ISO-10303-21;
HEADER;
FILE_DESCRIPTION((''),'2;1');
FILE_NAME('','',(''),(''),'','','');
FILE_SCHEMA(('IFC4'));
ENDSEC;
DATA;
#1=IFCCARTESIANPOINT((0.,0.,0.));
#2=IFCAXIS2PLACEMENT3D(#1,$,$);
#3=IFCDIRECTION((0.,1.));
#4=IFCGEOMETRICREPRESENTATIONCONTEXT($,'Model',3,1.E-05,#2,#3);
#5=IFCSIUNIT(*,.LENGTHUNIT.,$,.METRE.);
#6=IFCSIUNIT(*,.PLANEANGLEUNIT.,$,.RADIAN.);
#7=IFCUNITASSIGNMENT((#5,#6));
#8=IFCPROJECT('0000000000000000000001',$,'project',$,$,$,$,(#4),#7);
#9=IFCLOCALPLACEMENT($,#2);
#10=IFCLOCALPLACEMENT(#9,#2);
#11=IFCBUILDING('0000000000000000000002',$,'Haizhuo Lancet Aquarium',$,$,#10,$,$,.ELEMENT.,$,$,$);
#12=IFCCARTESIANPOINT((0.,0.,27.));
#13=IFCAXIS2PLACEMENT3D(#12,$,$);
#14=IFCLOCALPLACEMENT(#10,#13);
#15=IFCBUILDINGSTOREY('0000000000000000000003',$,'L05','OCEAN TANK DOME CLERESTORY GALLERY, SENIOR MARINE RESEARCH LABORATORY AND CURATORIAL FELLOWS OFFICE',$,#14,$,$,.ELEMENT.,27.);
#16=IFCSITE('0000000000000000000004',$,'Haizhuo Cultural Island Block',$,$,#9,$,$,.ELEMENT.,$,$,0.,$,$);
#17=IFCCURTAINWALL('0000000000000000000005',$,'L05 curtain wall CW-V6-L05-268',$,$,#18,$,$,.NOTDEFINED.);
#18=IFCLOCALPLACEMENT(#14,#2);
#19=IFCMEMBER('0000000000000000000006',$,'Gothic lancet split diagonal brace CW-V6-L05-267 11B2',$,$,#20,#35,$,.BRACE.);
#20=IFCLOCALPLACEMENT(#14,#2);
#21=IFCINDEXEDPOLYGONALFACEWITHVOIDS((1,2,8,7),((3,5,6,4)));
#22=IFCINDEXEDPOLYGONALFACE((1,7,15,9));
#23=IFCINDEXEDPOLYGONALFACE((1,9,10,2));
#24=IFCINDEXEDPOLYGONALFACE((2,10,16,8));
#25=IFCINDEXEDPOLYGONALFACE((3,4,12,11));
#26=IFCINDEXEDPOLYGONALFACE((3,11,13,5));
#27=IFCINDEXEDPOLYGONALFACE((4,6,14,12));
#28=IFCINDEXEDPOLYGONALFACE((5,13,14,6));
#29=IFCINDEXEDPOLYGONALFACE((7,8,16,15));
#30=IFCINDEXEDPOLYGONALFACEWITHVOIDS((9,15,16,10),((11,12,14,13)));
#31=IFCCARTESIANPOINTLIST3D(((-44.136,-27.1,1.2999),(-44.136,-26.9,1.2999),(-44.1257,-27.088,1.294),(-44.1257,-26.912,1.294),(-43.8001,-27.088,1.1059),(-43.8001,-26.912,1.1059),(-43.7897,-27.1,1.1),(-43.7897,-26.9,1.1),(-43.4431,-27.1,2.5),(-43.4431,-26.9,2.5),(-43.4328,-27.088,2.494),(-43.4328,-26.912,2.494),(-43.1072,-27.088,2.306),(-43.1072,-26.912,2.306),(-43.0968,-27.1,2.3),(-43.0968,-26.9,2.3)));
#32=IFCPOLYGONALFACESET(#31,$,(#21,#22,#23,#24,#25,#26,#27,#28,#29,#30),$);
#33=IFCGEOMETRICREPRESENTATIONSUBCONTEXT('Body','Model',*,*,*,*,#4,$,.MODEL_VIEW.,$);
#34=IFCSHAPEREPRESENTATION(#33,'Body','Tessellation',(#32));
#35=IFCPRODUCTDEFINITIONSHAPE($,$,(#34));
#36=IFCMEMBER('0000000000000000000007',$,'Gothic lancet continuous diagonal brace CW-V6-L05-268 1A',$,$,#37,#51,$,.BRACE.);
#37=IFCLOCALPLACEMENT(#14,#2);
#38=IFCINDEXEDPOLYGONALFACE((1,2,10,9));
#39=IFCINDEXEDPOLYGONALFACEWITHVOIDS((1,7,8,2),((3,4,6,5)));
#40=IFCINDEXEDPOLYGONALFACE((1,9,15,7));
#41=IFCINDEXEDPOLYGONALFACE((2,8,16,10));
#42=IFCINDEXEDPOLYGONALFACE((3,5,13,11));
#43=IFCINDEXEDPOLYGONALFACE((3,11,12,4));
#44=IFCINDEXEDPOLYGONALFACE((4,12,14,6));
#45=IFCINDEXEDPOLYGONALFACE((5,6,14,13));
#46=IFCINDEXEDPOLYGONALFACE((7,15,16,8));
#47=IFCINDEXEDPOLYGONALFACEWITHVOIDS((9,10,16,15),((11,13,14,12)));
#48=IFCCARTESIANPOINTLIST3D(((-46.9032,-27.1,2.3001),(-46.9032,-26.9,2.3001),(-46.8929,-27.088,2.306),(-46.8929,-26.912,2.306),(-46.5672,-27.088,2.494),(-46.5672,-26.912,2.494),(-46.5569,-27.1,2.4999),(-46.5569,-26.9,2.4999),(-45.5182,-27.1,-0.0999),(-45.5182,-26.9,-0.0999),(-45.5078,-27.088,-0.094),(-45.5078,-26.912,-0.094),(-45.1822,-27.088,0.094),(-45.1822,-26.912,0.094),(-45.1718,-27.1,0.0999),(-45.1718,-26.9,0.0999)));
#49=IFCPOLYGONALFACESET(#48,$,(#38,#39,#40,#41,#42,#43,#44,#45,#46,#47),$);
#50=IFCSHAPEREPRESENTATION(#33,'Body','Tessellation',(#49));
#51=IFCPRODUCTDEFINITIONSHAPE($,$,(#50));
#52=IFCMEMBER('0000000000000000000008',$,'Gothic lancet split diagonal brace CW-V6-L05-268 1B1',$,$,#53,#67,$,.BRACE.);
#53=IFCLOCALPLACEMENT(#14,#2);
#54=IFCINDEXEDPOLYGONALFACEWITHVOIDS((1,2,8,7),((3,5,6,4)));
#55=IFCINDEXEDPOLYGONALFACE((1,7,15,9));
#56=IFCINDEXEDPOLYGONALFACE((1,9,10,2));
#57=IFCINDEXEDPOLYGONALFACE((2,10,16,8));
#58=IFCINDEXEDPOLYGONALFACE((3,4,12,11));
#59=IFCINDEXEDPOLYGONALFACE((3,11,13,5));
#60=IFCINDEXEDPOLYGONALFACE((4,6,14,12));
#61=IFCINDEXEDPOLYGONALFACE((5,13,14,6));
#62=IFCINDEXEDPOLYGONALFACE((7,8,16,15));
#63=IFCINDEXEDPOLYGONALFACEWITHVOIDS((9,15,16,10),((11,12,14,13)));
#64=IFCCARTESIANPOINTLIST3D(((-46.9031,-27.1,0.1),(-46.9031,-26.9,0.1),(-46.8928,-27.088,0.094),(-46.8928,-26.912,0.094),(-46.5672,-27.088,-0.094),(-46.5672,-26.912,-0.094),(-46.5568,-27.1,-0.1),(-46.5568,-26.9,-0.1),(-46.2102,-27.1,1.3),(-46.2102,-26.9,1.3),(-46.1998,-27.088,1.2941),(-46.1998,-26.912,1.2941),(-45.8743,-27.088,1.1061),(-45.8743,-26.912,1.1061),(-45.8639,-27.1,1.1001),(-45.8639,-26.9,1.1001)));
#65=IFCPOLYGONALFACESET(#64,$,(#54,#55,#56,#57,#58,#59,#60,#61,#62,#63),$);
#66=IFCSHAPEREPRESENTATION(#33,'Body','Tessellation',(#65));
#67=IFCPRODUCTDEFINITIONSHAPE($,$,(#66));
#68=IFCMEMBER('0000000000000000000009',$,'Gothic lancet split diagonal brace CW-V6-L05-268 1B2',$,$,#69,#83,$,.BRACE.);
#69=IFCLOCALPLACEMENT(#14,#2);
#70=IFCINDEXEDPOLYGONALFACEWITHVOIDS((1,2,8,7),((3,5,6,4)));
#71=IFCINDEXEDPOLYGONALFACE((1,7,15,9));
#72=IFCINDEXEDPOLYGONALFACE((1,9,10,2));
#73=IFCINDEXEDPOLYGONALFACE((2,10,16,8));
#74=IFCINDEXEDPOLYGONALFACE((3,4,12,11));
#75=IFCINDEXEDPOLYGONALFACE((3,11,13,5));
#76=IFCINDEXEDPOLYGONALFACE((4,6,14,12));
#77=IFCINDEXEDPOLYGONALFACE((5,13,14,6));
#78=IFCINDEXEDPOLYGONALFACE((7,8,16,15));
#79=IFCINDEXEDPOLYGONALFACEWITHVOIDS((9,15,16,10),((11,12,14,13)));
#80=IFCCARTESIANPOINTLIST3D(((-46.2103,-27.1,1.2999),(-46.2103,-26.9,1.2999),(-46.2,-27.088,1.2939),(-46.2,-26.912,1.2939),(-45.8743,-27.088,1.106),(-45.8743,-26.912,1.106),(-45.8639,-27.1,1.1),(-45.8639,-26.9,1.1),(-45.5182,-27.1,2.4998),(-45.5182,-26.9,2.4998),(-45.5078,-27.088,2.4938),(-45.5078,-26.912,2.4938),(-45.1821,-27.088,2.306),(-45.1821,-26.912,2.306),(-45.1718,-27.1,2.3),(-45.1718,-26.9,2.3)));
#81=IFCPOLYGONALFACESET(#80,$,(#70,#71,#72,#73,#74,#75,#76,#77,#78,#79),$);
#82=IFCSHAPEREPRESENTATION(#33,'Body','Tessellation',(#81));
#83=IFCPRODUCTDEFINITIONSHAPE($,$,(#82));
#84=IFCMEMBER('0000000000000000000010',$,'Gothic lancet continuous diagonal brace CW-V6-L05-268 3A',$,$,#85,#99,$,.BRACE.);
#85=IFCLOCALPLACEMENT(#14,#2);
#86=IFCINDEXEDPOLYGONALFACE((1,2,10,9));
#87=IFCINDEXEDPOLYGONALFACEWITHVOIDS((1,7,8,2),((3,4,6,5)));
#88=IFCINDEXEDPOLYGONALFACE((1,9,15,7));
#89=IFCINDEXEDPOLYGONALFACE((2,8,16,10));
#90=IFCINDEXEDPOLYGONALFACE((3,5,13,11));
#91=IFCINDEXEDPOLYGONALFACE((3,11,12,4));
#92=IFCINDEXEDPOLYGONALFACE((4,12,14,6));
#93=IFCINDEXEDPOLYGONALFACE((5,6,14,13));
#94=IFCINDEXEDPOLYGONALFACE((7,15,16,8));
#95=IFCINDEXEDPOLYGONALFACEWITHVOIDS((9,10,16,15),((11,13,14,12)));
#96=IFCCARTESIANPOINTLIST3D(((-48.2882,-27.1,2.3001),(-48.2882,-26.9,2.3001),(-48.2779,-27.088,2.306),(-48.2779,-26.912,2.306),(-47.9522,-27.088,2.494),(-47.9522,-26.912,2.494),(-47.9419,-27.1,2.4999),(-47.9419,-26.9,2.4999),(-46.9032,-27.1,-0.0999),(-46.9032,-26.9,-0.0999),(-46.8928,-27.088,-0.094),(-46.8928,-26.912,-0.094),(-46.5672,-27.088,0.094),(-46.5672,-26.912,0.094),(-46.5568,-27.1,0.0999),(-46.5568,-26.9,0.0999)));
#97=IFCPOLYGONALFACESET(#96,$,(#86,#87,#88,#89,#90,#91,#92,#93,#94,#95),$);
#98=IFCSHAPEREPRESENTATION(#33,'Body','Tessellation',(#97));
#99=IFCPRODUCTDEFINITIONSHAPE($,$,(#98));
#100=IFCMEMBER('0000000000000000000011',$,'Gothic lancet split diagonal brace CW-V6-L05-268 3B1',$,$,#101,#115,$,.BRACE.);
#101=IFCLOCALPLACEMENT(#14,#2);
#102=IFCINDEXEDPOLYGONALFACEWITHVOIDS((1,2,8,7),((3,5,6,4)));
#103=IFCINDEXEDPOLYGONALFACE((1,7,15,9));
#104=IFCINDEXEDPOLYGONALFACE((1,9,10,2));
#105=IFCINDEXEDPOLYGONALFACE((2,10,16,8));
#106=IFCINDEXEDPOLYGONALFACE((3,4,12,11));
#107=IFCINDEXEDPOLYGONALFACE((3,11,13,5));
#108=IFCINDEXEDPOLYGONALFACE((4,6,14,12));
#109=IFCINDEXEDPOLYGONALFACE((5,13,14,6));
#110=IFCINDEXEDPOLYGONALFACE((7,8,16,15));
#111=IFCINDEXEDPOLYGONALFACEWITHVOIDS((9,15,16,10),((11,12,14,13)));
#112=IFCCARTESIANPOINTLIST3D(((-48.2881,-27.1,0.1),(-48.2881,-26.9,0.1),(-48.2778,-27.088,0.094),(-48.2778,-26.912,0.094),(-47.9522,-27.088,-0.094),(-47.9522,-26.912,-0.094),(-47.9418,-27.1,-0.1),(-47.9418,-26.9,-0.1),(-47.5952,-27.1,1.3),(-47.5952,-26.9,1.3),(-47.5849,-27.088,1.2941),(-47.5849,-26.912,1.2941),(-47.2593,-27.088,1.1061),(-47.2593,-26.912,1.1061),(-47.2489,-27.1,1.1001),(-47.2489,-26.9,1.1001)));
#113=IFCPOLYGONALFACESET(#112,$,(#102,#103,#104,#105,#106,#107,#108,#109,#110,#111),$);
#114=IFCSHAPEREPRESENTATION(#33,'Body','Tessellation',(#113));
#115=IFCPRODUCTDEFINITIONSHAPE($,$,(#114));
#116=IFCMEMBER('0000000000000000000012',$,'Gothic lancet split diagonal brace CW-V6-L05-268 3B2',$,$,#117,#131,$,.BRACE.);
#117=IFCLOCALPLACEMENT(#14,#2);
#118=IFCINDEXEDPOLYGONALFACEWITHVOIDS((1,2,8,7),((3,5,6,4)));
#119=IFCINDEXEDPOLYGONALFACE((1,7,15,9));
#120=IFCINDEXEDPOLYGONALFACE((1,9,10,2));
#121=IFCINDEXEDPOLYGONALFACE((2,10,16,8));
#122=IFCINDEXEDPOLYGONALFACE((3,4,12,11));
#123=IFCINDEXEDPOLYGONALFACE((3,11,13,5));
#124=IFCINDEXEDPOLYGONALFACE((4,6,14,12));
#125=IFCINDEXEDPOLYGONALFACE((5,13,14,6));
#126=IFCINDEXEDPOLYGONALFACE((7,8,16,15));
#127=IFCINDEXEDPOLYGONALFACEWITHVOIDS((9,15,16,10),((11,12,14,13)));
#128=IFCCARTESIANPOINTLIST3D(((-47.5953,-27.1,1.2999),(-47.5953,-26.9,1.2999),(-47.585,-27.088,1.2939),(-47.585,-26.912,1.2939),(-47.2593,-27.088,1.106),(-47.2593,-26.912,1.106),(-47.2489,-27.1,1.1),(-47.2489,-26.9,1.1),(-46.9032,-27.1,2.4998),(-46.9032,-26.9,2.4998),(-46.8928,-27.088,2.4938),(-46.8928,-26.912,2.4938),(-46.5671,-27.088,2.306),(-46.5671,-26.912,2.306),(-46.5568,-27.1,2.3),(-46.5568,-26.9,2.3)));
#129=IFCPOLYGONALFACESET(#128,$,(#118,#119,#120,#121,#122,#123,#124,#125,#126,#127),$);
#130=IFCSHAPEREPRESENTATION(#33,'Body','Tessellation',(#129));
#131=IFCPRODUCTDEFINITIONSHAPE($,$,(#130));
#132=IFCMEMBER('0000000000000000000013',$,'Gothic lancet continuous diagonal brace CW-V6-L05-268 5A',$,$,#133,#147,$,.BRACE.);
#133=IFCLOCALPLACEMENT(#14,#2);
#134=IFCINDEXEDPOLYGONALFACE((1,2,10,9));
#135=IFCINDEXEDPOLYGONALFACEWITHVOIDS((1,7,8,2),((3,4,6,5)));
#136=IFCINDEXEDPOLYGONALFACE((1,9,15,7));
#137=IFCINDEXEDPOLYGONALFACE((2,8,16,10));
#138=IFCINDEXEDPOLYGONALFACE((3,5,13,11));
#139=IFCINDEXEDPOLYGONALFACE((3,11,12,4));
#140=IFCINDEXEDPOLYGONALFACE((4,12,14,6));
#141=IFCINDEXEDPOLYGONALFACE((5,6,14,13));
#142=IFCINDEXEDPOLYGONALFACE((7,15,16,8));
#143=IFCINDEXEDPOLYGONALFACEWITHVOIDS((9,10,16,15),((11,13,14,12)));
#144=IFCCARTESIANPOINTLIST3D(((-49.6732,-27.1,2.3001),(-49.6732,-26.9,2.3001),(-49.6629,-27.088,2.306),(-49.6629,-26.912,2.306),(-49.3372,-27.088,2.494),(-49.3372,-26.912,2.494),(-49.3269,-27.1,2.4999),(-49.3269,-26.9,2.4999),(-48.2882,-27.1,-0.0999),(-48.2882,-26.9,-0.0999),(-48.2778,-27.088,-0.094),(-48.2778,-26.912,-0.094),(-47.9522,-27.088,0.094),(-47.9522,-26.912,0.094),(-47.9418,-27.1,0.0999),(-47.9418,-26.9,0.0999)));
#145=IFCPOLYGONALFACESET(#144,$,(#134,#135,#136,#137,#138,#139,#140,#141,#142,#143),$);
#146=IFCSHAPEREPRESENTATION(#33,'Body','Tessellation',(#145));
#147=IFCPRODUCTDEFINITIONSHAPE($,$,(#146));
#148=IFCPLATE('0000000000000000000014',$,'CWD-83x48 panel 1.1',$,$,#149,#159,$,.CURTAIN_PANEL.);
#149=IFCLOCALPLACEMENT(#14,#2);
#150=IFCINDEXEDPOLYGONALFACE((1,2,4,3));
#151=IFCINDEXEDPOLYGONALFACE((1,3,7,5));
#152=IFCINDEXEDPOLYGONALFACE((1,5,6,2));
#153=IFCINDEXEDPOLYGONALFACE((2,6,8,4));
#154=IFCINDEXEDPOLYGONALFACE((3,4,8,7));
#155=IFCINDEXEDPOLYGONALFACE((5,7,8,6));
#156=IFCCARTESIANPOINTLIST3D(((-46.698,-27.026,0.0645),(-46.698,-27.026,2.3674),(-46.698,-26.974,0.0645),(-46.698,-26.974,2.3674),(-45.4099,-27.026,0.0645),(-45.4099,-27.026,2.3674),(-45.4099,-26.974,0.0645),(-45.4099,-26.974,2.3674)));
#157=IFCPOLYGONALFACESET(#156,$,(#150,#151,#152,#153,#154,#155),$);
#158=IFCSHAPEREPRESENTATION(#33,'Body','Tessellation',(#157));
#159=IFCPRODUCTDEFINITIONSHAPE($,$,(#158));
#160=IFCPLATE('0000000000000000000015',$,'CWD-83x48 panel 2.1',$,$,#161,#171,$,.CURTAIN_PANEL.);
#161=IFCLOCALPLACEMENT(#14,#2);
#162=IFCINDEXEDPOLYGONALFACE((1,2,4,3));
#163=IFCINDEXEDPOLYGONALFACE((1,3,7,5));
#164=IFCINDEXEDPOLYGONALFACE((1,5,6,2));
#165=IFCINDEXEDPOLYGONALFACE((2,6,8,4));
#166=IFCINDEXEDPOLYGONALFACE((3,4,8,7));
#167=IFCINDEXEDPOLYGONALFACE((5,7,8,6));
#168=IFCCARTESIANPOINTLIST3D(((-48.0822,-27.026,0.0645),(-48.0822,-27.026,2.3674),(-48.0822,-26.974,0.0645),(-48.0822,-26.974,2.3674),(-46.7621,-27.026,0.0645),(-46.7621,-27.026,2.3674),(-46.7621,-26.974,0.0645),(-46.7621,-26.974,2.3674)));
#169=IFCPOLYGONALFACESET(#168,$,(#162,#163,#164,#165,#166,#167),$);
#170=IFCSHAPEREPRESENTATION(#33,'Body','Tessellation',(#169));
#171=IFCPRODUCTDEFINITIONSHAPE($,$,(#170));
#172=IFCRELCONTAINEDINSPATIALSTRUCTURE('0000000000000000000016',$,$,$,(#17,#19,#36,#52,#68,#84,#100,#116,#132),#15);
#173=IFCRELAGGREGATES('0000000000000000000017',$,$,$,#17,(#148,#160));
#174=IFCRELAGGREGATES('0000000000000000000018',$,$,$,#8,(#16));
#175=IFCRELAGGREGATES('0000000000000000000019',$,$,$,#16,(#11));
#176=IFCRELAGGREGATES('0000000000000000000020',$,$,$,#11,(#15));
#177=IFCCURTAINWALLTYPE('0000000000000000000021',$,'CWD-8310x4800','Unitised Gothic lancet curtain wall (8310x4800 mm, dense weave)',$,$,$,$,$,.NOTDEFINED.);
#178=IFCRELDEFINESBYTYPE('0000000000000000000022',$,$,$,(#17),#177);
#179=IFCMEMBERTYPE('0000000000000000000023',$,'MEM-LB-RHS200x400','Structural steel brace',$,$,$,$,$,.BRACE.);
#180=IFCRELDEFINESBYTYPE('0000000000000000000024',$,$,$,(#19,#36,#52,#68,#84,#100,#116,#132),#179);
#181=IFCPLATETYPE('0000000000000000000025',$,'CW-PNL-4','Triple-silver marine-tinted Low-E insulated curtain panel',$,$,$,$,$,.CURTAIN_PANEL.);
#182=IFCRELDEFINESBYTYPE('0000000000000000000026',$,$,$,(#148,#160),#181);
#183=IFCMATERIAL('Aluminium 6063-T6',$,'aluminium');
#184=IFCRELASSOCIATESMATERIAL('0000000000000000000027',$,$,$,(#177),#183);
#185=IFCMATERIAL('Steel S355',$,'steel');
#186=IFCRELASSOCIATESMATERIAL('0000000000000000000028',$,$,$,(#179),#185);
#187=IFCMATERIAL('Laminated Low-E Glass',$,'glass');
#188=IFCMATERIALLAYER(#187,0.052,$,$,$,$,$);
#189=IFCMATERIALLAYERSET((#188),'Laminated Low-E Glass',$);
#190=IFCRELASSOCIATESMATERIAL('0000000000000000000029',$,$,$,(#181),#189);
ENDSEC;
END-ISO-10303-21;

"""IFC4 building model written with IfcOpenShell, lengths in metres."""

from ifc_helpers import new_model, si_unit, direction, frame, origin, origin_2d, place, context, subcontext, project, spatial, rectangle, hollow_rectangle, extrude, material, layer, layer_set, material_profile, profile_set, type_object, element, aggregate, save


model = new_model("IFC4")

# Units and contexts
model_context = context("Model", 3, precision=1e-05, world=origin(), true_north=direction((0.0, 1.0)))
body_context = subcontext(model_context, "Body", "Model", "MODEL_VIEW")
ifc_project = project(units=[si_unit("LENGTHUNIT", "METRE"), si_unit("PLANEANGLEUNIT", "RADIAN")], contexts=[model_context])

# Site, building, storey
site_placement = place(None, origin())
site = spatial("IfcSite", under=ifc_project, at=site_placement, Name="Haizhuo Cultural Island Block", CompositionType="ELEMENT", RefElevation=0.0)
building_placement = place(site_placement, origin())
building = spatial("IfcBuilding", under=site, at=building_placement, Name="Haizhuo Lancet Aquarium", CompositionType="ELEMENT")
storey_placement = place(building_placement, frame((0.0, 0.0, 27.0)))
storey = spatial("IfcBuildingStorey", under=building, at=storey_placement, Name="L05", Description="OCEAN TANK DOME CLERESTORY GALLERY, SENIOR MARINE RESEARCH LABORATORY AND CURATORIAL FELLOWS OFFICE", CompositionType="ELEMENT", Elevation=27.0)

# Curtain wall
ifc_material_1 = material(Name="Aluminium 6063-T6", Category="aluminium")
curtain_wall_type = type_object("IfcCurtainWallType", Name="CWD-8310x4800", Description="Unitised Gothic lancet curtain wall (8310x4800 mm, dense weave)", PredefinedType="NOTDEFINED", material=ifc_material_1)
curtain_wall_1_placement = place(storey_placement, origin())
curtain_wall_1 = element("IfcCurtainWall", 1, at=curtain_wall_1_placement, inside=storey, type_object=curtain_wall_type, Name="L05 curtain wall CW-V6-L05-268", PredefinedType="NOTDEFINED")

# Members
ifc_material_2 = material(Name="Steel S355", Category="steel")
ifc_material_profile_1 = material_profile(ifc_material_2, hollow_rectangle(XDim=0.2, YDim=0.3999, WallThickness=0.012, at=origin_2d()), Name="RHS 200x400x12")
ifc_profile_set_1 = profile_set([ifc_material_profile_1], Name="Steel S355")
member_type_1 = type_object("IfcMemberType", Name="MEM-LB-RHS200x400", Description="Structural steel brace", PredefinedType="BRACE", material=ifc_profile_set_1)
member_1_placement = place(storey_placement, frame((-43.9629, -27.0, 1.2), z_axis=(0.500043, 0.0, 0.866001), x_axis=(0.0, 1.0, 0.0)))
element("IfcMember", 2, at=member_1_placement, inside=storey, type_object=member_type_1, Name="Gothic lancet split diagonal brace CW-V6-L05-267 11B2", PredefinedType="BRACE", context=body_context, shape_type="SweptSolid", body=[
    extrude(hollow_rectangle(XDim=0.2, YDim=0.3999, WallThickness=0.012, at=origin_2d()), origin(), (0.0, 0.0, 1.0), 1.3857),
])
member_2_placement = place(storey_placement, frame((-45.345, -27.0, 0.0), z_axis=(-0.499844, 0.0, 0.866115), x_axis=(0.0, -1.0, 0.0)))
element("IfcMember", 3, at=member_2_placement, inside=storey, type_object=member_type_1, Name="Gothic lancet continuous diagonal brace CW-V6-L05-268 1A", PredefinedType="BRACE", context=body_context, shape_type="SweptSolid", body=[
    extrude(hollow_rectangle(XDim=0.2, YDim=0.3999, WallThickness=0.012, at=origin_2d()), origin(), (0.0, 0.0, 1.0), 2.771),
])
member_3_placement = place(storey_placement, frame((-46.73, -27.0, 0.0), z_axis=(0.500043, 0.0, 0.866001), x_axis=(0.0, 1.0, 0.0)))
element("IfcMember", 4, at=member_3_placement, inside=storey, type_object=member_type_1, Name="Gothic lancet split diagonal brace CW-V6-L05-268 1B1", PredefinedType="BRACE", context=body_context, shape_type="SweptSolid", body=[
    extrude(hollow_rectangle(XDim=0.2, YDim=0.3999, WallThickness=0.012, at=origin_2d()), origin(), (0.0, 0.0, 1.0), 1.3857),
])
member_4_placement = place(storey_placement, frame((-46.0371, -27.0, 1.2), z_axis=(0.499646, 0.0, 0.86623), x_axis=(0.0, 1.0, 0.0)))
element("IfcMember", 5, at=member_4_placement, inside=storey, type_object=member_type_1, Name="Gothic lancet split diagonal brace CW-V6-L05-268 1B2", PredefinedType="BRACE", context=body_context, shape_type="SweptSolid", body=[
    extrude(hollow_rectangle(XDim=0.2, YDim=0.3999, WallThickness=0.012, at=origin_2d()), origin(), (0.0, 0.0, 1.0), 1.3853),
])
member_5_placement = place(storey_placement, frame((-46.73, -27.0, 0.0), z_axis=(-0.499844, 0.0, 0.866115), x_axis=(0.0, -1.0, 0.0)))
element("IfcMember", 6, at=member_5_placement, inside=storey, type_object=member_type_1, Name="Gothic lancet continuous diagonal brace CW-V6-L05-268 3A", PredefinedType="BRACE", context=body_context, shape_type="SweptSolid", body=[
    extrude(hollow_rectangle(XDim=0.2, YDim=0.3999, WallThickness=0.012, at=origin_2d()), origin(), (0.0, 0.0, 1.0), 2.771),
])
member_6_placement = place(storey_placement, frame((-48.115, -27.0, 0.0), z_axis=(0.500043, 0.0, 0.866001), x_axis=(0.0, 1.0, 0.0)))
element("IfcMember", 7, at=member_6_placement, inside=storey, type_object=member_type_1, Name="Gothic lancet split diagonal brace CW-V6-L05-268 3B1", PredefinedType="BRACE", context=body_context, shape_type="SweptSolid", body=[
    extrude(hollow_rectangle(XDim=0.2, YDim=0.3999, WallThickness=0.012, at=origin_2d()), origin(), (0.0, 0.0, 1.0), 1.3857),
])
member_7_placement = place(storey_placement, frame((-47.4221, -27.0, 1.2), z_axis=(0.499646, 0.0, 0.86623), x_axis=(0.0, 1.0, 0.0)))
element("IfcMember", 8, at=member_7_placement, inside=storey, type_object=member_type_1, Name="Gothic lancet split diagonal brace CW-V6-L05-268 3B2", PredefinedType="BRACE", context=body_context, shape_type="SweptSolid", body=[
    extrude(hollow_rectangle(XDim=0.2, YDim=0.3999, WallThickness=0.012, at=origin_2d()), origin(), (0.0, 0.0, 1.0), 1.3853),
])
member_8_placement = place(storey_placement, frame((-48.115, -27.0, 0.0), z_axis=(-0.499844, 0.0, 0.866115), x_axis=(0.0, -1.0, 0.0)))
element("IfcMember", 9, at=member_8_placement, inside=storey, type_object=member_type_1, Name="Gothic lancet continuous diagonal brace CW-V6-L05-268 5A", PredefinedType="BRACE", context=body_context, shape_type="SweptSolid", body=[
    extrude(hollow_rectangle(XDim=0.2, YDim=0.3999, WallThickness=0.012, at=origin_2d()), origin(), (0.0, 0.0, 1.0), 2.771),
])

# Plates
ifc_material_3 = material(Name="Laminated Low-E Glass", Category="glass")
ifc_layer_1 = layer(ifc_material_3, 0.052)
ifc_layer_set_1 = layer_set([ifc_layer_1], Name="Laminated Low-E Glass")
plate_type = type_object("IfcPlateType", Name="CW-PNL-4", Description="Triple-silver marine-tinted Low-E insulated curtain panel", PredefinedType="CURTAIN_PANEL", material=ifc_layer_set_1)
plate_1_placement = place(storey_placement, frame((-46.054, -27.0, 0.0645), z_axis=(0.0, 0.0, 1.0), x_axis=(-1.0, 0.0, 0.0)))
plate_1 = element("IfcPlate", 10, at=plate_1_placement, type_object=plate_type, Name="CWD-83x48 panel 1.1", PredefinedType="CURTAIN_PANEL", context=body_context, shape_type="SweptSolid", body=[
    extrude(rectangle(XDim=1.2881, YDim=0.052, at=origin_2d()), origin(), (0.0, 0.0, 1.0), 2.303),
])
plate_2_placement = place(storey_placement, frame((-47.4221, -27.0, 0.0645), z_axis=(0.0, 0.0, 1.0), x_axis=(-1.0, 0.0, 0.0)))
plate_2 = element("IfcPlate", 11, at=plate_2_placement, type_object=plate_type, Name="CWD-83x48 panel 2.1", PredefinedType="CURTAIN_PANEL", context=body_context, shape_type="SweptSolid", body=[
    extrude(rectangle(XDim=1.3201, YDim=0.052, at=origin_2d()), origin(), (0.0, 0.0, 1.0), 2.303),
])
aggregate(curtain_wall_1, [plate_1, plate_2])

save(model, "model.ifc")
